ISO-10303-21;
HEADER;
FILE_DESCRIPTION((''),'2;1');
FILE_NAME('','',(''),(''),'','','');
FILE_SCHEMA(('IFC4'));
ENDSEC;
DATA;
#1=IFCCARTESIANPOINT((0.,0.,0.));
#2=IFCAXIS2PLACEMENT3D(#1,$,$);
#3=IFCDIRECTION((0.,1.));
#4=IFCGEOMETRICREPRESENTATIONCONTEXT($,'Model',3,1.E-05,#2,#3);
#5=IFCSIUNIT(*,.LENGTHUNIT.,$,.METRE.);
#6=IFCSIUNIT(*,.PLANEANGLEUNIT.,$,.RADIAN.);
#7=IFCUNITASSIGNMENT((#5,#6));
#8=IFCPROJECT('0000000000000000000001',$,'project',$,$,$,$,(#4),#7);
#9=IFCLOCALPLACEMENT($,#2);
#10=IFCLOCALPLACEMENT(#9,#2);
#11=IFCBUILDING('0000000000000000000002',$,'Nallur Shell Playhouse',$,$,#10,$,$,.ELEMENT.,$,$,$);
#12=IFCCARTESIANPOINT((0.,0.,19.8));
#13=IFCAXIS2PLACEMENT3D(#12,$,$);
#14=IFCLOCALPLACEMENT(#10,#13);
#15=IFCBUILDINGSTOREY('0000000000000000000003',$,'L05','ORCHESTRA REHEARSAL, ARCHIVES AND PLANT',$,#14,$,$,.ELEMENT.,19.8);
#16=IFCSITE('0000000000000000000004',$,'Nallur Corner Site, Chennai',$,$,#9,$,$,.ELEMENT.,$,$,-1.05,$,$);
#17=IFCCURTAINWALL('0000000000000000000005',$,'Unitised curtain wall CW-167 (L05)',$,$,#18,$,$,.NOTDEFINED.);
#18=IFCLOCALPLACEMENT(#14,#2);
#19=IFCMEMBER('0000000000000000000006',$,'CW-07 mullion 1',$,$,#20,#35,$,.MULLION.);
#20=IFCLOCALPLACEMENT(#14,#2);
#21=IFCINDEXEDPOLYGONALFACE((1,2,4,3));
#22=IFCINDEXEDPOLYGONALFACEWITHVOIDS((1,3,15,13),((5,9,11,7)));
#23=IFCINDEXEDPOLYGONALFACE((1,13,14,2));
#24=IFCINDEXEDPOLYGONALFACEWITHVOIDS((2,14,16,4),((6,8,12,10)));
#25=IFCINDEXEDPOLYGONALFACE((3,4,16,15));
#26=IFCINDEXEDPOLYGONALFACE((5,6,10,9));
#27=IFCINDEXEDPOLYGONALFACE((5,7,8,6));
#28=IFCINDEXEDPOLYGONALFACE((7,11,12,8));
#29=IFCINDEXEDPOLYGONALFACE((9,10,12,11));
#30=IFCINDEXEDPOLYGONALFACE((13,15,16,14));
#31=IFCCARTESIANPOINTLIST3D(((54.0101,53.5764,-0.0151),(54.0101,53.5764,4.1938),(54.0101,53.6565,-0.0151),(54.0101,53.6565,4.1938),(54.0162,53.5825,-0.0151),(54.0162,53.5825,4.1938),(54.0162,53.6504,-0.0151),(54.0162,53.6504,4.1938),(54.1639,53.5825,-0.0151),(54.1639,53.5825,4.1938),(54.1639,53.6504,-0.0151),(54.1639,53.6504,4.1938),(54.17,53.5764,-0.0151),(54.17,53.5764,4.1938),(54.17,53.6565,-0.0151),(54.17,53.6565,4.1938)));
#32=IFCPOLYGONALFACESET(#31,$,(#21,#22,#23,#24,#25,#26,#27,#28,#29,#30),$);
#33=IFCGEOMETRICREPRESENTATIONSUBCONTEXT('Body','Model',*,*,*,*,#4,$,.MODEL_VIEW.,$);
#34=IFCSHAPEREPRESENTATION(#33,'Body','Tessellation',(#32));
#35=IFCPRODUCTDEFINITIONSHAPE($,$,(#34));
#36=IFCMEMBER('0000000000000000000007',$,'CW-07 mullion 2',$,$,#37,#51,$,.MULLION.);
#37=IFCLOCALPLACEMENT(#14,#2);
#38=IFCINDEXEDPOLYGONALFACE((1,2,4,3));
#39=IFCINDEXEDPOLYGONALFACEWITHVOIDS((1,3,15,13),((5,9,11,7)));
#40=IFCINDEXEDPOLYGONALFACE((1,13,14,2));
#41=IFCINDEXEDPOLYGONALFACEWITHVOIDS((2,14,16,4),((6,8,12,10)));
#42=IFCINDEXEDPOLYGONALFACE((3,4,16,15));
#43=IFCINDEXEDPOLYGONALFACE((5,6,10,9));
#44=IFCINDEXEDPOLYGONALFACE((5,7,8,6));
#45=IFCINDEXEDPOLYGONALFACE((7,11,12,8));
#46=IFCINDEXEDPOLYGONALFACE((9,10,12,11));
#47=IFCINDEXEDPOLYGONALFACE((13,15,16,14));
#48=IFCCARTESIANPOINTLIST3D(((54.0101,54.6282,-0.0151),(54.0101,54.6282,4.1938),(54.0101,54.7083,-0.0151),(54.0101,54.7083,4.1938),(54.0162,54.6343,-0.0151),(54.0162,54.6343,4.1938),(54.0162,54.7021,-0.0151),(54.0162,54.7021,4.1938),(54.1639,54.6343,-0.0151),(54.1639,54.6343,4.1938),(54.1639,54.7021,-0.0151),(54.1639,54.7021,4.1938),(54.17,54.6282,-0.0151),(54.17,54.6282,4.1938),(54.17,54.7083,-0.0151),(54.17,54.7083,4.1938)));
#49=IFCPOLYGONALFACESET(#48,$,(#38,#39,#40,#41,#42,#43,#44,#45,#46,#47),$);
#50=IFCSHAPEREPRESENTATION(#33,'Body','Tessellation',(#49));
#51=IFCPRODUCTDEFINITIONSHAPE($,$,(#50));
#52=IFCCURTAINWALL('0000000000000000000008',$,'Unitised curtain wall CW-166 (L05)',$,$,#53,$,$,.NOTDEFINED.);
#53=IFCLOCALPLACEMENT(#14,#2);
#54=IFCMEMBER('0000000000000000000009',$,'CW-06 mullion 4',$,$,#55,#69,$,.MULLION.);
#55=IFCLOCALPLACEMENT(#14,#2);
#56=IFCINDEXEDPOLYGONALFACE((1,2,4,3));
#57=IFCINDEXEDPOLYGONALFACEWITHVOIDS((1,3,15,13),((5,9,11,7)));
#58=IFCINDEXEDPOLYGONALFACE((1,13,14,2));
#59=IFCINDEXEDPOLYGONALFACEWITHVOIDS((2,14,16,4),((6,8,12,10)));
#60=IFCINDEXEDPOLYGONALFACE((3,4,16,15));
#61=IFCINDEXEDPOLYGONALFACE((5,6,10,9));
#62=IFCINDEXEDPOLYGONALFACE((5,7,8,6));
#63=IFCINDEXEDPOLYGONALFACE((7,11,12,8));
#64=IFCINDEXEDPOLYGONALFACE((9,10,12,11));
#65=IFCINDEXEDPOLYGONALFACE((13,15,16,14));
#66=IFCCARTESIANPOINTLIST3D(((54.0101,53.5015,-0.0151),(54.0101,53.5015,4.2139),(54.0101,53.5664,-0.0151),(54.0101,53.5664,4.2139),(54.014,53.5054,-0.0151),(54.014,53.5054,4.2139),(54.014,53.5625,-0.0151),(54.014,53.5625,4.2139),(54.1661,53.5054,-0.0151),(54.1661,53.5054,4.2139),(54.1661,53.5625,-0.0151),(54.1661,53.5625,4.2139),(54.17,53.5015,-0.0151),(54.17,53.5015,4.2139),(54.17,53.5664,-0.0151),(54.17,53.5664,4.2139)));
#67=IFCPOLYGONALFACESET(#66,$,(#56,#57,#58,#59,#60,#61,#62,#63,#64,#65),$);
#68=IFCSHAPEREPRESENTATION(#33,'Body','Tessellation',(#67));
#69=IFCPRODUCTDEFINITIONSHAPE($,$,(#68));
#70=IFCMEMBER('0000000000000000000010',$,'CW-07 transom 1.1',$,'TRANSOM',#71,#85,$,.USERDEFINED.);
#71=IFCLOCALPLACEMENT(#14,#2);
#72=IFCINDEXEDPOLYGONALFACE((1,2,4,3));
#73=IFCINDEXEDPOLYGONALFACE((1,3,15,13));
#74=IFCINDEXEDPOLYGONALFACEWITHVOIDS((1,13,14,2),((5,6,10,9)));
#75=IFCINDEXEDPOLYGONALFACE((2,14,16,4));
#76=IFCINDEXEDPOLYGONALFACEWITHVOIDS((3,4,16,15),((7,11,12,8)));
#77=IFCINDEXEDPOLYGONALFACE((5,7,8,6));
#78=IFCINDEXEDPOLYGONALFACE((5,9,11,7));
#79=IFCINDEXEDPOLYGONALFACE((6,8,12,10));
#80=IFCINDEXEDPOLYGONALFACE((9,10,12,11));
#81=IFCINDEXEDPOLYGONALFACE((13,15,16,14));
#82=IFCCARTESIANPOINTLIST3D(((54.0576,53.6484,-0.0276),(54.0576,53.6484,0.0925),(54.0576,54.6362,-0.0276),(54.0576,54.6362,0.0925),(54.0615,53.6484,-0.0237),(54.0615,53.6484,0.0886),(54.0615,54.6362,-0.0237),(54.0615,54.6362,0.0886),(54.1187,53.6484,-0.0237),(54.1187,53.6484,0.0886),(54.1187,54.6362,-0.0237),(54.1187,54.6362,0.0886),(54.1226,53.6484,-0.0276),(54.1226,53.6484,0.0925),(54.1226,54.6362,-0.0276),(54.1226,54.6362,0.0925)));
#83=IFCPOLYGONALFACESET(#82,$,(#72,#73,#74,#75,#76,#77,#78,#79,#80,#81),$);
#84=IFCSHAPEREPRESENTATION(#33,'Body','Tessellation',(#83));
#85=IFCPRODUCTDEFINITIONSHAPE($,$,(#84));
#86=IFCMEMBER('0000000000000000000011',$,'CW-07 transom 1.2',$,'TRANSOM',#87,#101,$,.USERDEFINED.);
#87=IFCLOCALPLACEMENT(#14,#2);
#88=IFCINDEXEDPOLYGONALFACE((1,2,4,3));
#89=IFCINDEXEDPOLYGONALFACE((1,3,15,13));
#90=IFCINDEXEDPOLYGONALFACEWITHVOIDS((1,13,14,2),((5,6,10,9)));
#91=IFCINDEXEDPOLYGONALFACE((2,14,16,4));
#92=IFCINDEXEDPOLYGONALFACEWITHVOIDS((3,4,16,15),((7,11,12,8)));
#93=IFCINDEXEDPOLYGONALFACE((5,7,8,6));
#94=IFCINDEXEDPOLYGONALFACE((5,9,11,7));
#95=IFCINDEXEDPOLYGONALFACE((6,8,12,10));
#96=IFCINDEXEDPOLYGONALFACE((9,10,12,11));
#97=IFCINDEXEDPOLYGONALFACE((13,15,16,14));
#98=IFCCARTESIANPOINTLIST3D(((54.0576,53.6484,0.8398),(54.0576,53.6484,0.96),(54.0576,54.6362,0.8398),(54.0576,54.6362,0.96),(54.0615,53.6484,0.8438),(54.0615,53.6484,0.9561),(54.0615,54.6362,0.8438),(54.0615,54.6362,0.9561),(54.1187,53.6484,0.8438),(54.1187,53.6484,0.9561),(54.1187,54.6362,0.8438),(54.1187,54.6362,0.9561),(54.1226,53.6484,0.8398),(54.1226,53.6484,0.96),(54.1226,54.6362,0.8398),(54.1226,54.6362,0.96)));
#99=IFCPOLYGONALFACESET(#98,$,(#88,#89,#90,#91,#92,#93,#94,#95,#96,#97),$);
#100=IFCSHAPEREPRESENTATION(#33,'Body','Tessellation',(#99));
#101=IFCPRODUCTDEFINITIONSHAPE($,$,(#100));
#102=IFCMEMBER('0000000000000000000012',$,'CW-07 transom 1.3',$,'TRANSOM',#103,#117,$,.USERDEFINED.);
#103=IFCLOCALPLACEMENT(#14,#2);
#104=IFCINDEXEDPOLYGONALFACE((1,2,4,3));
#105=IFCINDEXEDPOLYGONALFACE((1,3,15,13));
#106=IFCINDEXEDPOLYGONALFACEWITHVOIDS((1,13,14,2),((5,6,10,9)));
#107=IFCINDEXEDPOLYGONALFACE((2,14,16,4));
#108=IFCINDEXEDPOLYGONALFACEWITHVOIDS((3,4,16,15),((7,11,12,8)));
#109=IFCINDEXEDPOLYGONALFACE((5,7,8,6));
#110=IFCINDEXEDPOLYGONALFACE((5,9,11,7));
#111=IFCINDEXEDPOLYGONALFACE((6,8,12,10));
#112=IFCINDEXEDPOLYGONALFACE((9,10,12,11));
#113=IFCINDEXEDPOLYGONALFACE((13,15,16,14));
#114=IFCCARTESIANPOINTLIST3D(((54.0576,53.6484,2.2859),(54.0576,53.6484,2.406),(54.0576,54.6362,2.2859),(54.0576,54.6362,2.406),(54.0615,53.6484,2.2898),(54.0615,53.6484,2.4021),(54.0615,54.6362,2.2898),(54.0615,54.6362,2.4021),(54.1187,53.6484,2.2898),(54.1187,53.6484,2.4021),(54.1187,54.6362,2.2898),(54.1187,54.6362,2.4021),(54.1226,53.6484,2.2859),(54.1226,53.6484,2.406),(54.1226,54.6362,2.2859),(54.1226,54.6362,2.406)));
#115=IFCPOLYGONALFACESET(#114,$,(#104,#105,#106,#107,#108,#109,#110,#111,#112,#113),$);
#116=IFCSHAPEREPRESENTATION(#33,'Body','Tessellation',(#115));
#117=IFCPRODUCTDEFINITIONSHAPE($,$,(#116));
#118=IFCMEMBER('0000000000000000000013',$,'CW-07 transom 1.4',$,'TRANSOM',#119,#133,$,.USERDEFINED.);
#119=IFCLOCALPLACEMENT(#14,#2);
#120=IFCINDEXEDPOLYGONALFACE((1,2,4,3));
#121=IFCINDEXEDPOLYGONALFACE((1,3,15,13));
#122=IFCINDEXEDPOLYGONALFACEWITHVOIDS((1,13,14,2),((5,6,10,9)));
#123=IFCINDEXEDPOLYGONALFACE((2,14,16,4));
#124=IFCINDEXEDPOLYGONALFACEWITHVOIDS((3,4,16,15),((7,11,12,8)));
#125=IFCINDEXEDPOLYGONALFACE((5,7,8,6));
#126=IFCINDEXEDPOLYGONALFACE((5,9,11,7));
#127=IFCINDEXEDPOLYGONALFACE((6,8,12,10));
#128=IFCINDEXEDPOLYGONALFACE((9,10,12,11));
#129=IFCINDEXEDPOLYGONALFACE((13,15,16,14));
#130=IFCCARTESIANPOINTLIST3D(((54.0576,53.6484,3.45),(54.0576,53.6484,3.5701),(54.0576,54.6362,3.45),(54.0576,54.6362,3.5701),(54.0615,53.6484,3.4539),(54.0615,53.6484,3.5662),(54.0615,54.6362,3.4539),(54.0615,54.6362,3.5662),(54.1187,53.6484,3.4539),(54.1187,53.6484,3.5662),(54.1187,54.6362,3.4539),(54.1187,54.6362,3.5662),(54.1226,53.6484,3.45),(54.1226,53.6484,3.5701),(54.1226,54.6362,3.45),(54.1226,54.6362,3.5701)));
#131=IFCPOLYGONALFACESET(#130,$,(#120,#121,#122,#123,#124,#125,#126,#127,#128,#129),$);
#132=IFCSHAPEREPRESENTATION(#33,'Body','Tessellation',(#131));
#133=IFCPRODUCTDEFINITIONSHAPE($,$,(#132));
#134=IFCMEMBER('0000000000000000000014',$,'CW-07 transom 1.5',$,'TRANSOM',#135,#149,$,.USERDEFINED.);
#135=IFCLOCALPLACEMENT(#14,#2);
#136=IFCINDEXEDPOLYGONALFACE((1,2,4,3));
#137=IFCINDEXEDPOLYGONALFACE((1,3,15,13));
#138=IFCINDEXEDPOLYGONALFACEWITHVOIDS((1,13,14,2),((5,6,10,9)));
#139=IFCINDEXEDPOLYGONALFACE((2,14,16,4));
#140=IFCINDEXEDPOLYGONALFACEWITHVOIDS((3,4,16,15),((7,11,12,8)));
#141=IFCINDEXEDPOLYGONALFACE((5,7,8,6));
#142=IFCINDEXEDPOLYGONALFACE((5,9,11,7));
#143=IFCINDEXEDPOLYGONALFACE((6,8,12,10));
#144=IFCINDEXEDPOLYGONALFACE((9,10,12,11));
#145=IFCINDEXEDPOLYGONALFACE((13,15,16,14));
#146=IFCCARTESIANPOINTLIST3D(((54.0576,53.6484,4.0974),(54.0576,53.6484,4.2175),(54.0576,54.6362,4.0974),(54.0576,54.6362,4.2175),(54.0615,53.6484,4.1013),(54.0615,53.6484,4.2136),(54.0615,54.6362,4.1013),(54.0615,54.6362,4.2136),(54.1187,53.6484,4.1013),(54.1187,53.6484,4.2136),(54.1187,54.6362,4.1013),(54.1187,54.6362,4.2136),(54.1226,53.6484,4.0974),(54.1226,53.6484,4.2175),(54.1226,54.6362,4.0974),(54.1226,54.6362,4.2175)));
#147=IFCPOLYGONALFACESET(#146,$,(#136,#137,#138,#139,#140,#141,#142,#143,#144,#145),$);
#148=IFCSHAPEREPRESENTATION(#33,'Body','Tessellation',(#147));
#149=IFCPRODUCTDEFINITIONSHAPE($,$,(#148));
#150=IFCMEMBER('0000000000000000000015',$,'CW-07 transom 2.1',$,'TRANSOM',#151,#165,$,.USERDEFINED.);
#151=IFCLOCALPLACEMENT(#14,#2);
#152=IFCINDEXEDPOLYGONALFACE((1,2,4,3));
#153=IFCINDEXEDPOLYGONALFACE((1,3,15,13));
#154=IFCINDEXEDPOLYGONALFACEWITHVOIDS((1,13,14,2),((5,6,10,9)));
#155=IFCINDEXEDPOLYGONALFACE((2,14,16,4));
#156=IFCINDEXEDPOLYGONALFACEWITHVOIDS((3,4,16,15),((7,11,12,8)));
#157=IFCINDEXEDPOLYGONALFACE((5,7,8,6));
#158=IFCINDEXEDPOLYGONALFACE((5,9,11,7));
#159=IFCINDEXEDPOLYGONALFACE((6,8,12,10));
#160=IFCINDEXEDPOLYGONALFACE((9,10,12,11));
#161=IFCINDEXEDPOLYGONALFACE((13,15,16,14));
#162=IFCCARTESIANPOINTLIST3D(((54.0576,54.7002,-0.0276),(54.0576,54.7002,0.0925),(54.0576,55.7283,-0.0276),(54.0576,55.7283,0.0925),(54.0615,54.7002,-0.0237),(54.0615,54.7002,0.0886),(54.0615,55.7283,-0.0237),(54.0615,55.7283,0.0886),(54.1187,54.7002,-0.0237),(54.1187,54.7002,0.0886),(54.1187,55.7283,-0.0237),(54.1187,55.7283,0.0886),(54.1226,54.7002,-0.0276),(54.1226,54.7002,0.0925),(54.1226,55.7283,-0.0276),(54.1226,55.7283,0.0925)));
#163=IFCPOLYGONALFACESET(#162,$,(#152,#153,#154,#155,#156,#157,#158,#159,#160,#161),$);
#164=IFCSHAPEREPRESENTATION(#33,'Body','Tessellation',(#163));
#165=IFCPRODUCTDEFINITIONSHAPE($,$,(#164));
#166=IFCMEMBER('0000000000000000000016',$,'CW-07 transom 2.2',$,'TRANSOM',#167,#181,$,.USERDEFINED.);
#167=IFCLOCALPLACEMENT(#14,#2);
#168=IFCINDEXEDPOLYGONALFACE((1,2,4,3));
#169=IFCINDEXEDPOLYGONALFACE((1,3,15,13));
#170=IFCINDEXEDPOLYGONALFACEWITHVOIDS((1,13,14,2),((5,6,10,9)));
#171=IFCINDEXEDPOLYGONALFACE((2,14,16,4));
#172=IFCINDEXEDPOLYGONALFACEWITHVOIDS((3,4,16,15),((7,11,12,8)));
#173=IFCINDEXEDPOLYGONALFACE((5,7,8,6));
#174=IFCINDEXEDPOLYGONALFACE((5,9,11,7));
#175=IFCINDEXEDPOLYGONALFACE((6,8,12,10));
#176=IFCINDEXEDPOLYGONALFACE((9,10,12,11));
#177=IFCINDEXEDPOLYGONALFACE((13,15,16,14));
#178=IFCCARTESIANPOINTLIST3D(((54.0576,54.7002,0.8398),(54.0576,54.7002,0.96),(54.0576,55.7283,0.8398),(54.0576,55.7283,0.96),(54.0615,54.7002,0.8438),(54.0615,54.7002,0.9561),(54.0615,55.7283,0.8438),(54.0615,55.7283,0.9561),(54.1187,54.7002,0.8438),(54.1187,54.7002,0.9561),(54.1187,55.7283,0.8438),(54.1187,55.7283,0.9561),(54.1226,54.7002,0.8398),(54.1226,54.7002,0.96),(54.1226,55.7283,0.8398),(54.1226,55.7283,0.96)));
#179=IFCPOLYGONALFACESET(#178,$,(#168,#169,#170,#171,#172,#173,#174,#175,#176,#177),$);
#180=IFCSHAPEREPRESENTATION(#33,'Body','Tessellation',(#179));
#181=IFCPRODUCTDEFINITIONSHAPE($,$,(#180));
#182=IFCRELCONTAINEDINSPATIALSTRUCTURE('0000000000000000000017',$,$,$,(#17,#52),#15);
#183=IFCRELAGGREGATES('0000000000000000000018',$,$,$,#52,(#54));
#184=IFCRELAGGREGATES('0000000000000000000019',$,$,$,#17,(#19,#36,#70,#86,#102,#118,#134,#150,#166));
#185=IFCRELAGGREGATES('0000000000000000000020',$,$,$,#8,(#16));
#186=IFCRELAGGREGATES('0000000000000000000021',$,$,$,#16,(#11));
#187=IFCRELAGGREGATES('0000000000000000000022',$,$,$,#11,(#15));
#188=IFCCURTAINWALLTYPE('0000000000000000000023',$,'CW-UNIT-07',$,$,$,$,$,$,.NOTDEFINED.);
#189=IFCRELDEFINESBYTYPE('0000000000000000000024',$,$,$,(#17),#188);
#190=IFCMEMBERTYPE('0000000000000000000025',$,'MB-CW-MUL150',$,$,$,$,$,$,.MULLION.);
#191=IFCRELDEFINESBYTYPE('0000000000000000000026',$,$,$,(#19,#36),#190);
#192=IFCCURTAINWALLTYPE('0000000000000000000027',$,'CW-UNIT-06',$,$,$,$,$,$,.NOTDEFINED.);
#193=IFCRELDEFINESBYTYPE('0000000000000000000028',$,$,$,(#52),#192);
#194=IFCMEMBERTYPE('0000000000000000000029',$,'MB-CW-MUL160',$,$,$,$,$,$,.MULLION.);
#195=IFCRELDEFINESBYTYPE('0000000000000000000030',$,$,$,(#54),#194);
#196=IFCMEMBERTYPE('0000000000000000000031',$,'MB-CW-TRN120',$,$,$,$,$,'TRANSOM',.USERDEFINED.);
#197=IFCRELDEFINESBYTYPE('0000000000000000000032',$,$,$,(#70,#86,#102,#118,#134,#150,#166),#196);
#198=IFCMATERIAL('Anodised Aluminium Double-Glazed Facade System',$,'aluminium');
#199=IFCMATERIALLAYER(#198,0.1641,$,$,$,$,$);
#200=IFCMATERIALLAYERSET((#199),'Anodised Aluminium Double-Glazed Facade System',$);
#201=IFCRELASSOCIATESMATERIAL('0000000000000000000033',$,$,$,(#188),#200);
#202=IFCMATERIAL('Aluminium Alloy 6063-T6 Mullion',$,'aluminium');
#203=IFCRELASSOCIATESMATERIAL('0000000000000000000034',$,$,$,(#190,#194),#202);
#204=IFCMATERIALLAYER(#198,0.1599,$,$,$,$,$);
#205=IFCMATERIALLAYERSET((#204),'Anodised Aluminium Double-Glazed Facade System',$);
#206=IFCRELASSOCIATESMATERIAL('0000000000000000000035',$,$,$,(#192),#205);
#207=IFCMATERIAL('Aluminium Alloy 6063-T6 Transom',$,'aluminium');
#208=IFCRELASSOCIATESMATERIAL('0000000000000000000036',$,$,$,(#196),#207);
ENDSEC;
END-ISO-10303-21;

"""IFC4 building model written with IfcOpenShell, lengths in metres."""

from ifc_helpers import new_model, si_unit, direction, frame, origin, origin_2d, place, context, subcontext, project, spatial, hollow_rectangle, extrude, material, layer, layer_set, material_profile, profile_set, type_object, element, aggregate, save


model = new_model("IFC4")

# Units and contexts
model_context = context("Model", 3, precision=1e-05, world=origin(), true_north=direction((0.0, 1.0)))
body_context = subcontext(model_context, "Body", "Model", "MODEL_VIEW")
ifc_project = project(units=[si_unit("LENGTHUNIT", "METRE"), si_unit("PLANEANGLEUNIT", "RADIAN")], contexts=[model_context])

# Site, building, storey
site_placement = place(None, origin())
site = spatial("IfcSite", under=ifc_project, at=site_placement, Name="Nallur Corner Site, Chennai", CompositionType="ELEMENT", RefElevation=-1.05)
building_placement = place(site_placement, origin())
building = spatial("IfcBuilding", under=site, at=building_placement, Name="Nallur Shell Playhouse", CompositionType="ELEMENT")
storey_placement = place(building_placement, frame((0.0, 0.0, 19.8)))
storey = spatial("IfcBuildingStorey", under=building, at=storey_placement, Name="L05", Description="ORCHESTRA REHEARSAL, ARCHIVES AND PLANT", CompositionType="ELEMENT", Elevation=19.8)

# Curtain wall, members
ifc_material_1 = material(Name="Anodised Aluminium Double-Glazed Facade System", Category="aluminium")
ifc_layer_1 = layer(ifc_material_1, 0.1641)
ifc_layer_set_1 = layer_set([ifc_layer_1], Name="Anodised Aluminium Double-Glazed Facade System")
curtain_wall_type_1 = type_object("IfcCurtainWallType", Name="CW-UNIT-07", PredefinedType="NOTDEFINED", material=ifc_layer_set_1)
curtain_wall_1_placement = place(storey_placement, origin())
curtain_wall_1 = element("IfcCurtainWall", 1, at=curtain_wall_1_placement, inside=storey, type_object=curtain_wall_type_1, Name="Unitised curtain wall CW-167 (L05)", PredefinedType="NOTDEFINED")
ifc_material_2 = material(Name="Aluminium Alloy 6063-T6 Mullion", Category="aluminium")
ifc_material_profile_1 = material_profile(ifc_material_2, hollow_rectangle(XDim=0.0801, YDim=0.1599, WallThickness=0.0061, at=origin_2d()), Name="RHS 160x80x6")
ifc_profile_set_1 = profile_set([ifc_material_profile_1], Name="Aluminium Alloy 6063-T6 Mullion")
member_type_1 = type_object("IfcMemberType", Name="MB-CW-MUL150", PredefinedType="MULLION", material=ifc_profile_set_1)
member_1_placement = place(storey_placement, frame((54.0901, 53.6165, -0.0151), z_axis=(0.0, 0.0, 1.0), x_axis=(0.0, 1.0, 0.0)))
member_1 = element("IfcMember", 2, at=member_1_placement, type_object=member_type_1, Name="CW-07 mullion 1", PredefinedType="MULLION", context=body_context, shape_type="SweptSolid", body=[
    extrude(hollow_rectangle(XDim=0.0801, YDim=0.1599, WallThickness=0.0061, at=origin_2d()), origin(), (0.0, 0.0, 1.0), 4.209),
])
member_2_placement = place(storey_placement, frame((54.0901, 54.6682, -0.0151), z_axis=(0.0, 0.0, 1.0), x_axis=(0.0, 1.0, 0.0)))
member_2 = element("IfcMember", 3, at=member_2_placement, type_object=member_type_1, Name="CW-07 mullion 2", PredefinedType="MULLION", context=body_context, shape_type="SweptSolid", body=[
    extrude(hollow_rectangle(XDim=0.0801, YDim=0.1599, WallThickness=0.0061, at=origin_2d()), origin(), (0.0, 0.0, 1.0), 4.209),
])

# Curtain wall, member
ifc_layer_2 = layer(ifc_material_1, 0.1599)
ifc_layer_set_2 = layer_set([ifc_layer_2], Name="Anodised Aluminium Double-Glazed Facade System")
curtain_wall_type_2 = type_object("IfcCurtainWallType", Name="CW-UNIT-06", PredefinedType="NOTDEFINED", material=ifc_layer_set_2)
curtain_wall_2_placement = place(storey_placement, origin())
curtain_wall_2 = element("IfcCurtainWall", 4, at=curtain_wall_2_placement, inside=storey, type_object=curtain_wall_type_2, Name="Unitised curtain wall CW-166 (L05)", PredefinedType="NOTDEFINED")
ifc_material_profile_2 = material_profile(ifc_material_2, hollow_rectangle(XDim=0.0649, YDim=0.1599, WallThickness=0.0039, at=origin_2d()), Name="ALU 65x160x4")
ifc_profile_set_2 = profile_set([ifc_material_profile_2], Name="Aluminium Alloy 6063-T6 Mullion")
member_type_2 = type_object("IfcMemberType", Name="MB-CW-MUL160", PredefinedType="MULLION", material=ifc_profile_set_2)
member_3_placement = place(storey_placement, frame((54.0901, 53.5339, -0.0151), z_axis=(0.0, 0.0, 1.0), x_axis=(0.0, 1.0, 0.0)))
member_3 = element("IfcMember", 5, at=member_3_placement, type_object=member_type_2, Name="CW-06 mullion 4", PredefinedType="MULLION", context=body_context, shape_type="SweptSolid", body=[
    extrude(hollow_rectangle(XDim=0.0649, YDim=0.1599, WallThickness=0.0039, at=origin_2d()), origin(), (0.0, 0.0, 1.0), 4.229),
])

# Members
ifc_material_3 = material(Name="Aluminium Alloy 6063-T6 Transom", Category="aluminium")
ifc_material_profile_3 = material_profile(ifc_material_3, hollow_rectangle(XDim=0.0649, YDim=0.1201, WallThickness=0.0039, at=origin_2d()), Name="ALU 65x120x4")
ifc_profile_set_3 = profile_set([ifc_material_profile_3], Name="Aluminium Alloy 6063-T6 Transom")
member_type_3 = type_object("IfcMemberType", Name="MB-CW-TRN120", ElementType="TRANSOM", PredefinedType="USERDEFINED", material=ifc_profile_set_3)
member_4_placement = place(storey_placement, frame((54.0901, 53.6484, 0.0325), z_axis=(0.0, 1.0, 0.0), x_axis=(-1.0, 0.0, 0.0)))
member_4 = element("IfcMember", 6, at=member_4_placement, type_object=member_type_3, Name="CW-07 transom 1.1", ObjectType="TRANSOM", PredefinedType="USERDEFINED", context=body_context, shape_type="SweptSolid", body=[
    extrude(hollow_rectangle(XDim=0.0649, YDim=0.1201, WallThickness=0.0039, at=origin_2d()), origin(), (0.0, 0.0, 1.0), 0.9878),
])
member_5_placement = place(storey_placement, frame((54.0901, 53.6484, 0.8999), z_axis=(0.0, 1.0, 0.0), x_axis=(-1.0, 0.0, 0.0)))
member_5 = element("IfcMember", 7, at=member_5_placement, type_object=member_type_3, Name="CW-07 transom 1.2", ObjectType="TRANSOM", PredefinedType="USERDEFINED", context=body_context, shape_type="SweptSolid", body=[
    extrude(hollow_rectangle(XDim=0.0649, YDim=0.1201, WallThickness=0.0039, at=origin_2d()), origin(), (0.0, 0.0, 1.0), 0.9878),
])
member_6_placement = place(storey_placement, frame((54.0901, 53.6484, 2.3459), z_axis=(0.0, 1.0, 0.0), x_axis=(-1.0, 0.0, 0.0)))
member_6 = element("IfcMember", 8, at=member_6_placement, type_object=member_type_3, Name="CW-07 transom 1.3", ObjectType="TRANSOM", PredefinedType="USERDEFINED", context=body_context, shape_type="SweptSolid", body=[
    extrude(hollow_rectangle(XDim=0.0649, YDim=0.1201, WallThickness=0.0039, at=origin_2d()), origin(), (0.0, 0.0, 1.0), 0.9878),
])
member_7_placement = place(storey_placement, frame((54.0901, 53.6484, 3.51), z_axis=(0.0, 1.0, 0.0), x_axis=(-1.0, 0.0, 0.0)))
member_7 = element("IfcMember", 9, at=member_7_placement, type_object=member_type_3, Name="CW-07 transom 1.4", ObjectType="TRANSOM", PredefinedType="USERDEFINED", context=body_context, shape_type="SweptSolid", body=[
    extrude(hollow_rectangle(XDim=0.0649, YDim=0.1201, WallThickness=0.0039, at=origin_2d()), origin(), (0.0, 0.0, 1.0), 0.9878),
])
member_8_placement = place(storey_placement, frame((54.0901, 53.6484, 4.1575), z_axis=(0.0, 1.0, 0.0), x_axis=(-1.0, 0.0, 0.0)))
member_8 = element("IfcMember", 10, at=member_8_placement, type_object=member_type_3, Name="CW-07 transom 1.5", ObjectType="TRANSOM", PredefinedType="USERDEFINED", context=body_context, shape_type="SweptSolid", body=[
    extrude(hollow_rectangle(XDim=0.0649, YDim=0.1201, WallThickness=0.0039, at=origin_2d()), origin(), (0.0, 0.0, 1.0), 0.9878),
])
member_9_placement = place(storey_placement, frame((54.0901, 54.7002, 0.0325), z_axis=(0.0, 1.0, 0.0), x_axis=(-1.0, 0.0, 0.0)))
member_9 = element("IfcMember", 11, at=member_9_placement, type_object=member_type_3, Name="CW-07 transom 2.1", ObjectType="TRANSOM", PredefinedType="USERDEFINED", context=body_context, shape_type="SweptSolid", body=[
    extrude(hollow_rectangle(XDim=0.0649, YDim=0.1201, WallThickness=0.0039, at=origin_2d()), origin(), (0.0, 0.0, 1.0), 1.0281),
])
member_10_placement = place(storey_placement, frame((54.0901, 54.7002, 0.8999), z_axis=(0.0, 1.0, 0.0), x_axis=(-1.0, 0.0, 0.0)))
member_10 = element("IfcMember", 12, at=member_10_placement, type_object=member_type_3, Name="CW-07 transom 2.2", ObjectType="TRANSOM", PredefinedType="USERDEFINED", context=body_context, shape_type="SweptSolid", body=[
    extrude(hollow_rectangle(XDim=0.0649, YDim=0.1201, WallThickness=0.0039, at=origin_2d()), origin(), (0.0, 0.0, 1.0), 1.0281),
])

aggregate(curtain_wall_2, [member_3])
aggregate(curtain_wall_1, [member_1, member_2, member_4, member_5, member_6, member_7, member_8, member_9, member_10])

save(model, "model.ifc")
